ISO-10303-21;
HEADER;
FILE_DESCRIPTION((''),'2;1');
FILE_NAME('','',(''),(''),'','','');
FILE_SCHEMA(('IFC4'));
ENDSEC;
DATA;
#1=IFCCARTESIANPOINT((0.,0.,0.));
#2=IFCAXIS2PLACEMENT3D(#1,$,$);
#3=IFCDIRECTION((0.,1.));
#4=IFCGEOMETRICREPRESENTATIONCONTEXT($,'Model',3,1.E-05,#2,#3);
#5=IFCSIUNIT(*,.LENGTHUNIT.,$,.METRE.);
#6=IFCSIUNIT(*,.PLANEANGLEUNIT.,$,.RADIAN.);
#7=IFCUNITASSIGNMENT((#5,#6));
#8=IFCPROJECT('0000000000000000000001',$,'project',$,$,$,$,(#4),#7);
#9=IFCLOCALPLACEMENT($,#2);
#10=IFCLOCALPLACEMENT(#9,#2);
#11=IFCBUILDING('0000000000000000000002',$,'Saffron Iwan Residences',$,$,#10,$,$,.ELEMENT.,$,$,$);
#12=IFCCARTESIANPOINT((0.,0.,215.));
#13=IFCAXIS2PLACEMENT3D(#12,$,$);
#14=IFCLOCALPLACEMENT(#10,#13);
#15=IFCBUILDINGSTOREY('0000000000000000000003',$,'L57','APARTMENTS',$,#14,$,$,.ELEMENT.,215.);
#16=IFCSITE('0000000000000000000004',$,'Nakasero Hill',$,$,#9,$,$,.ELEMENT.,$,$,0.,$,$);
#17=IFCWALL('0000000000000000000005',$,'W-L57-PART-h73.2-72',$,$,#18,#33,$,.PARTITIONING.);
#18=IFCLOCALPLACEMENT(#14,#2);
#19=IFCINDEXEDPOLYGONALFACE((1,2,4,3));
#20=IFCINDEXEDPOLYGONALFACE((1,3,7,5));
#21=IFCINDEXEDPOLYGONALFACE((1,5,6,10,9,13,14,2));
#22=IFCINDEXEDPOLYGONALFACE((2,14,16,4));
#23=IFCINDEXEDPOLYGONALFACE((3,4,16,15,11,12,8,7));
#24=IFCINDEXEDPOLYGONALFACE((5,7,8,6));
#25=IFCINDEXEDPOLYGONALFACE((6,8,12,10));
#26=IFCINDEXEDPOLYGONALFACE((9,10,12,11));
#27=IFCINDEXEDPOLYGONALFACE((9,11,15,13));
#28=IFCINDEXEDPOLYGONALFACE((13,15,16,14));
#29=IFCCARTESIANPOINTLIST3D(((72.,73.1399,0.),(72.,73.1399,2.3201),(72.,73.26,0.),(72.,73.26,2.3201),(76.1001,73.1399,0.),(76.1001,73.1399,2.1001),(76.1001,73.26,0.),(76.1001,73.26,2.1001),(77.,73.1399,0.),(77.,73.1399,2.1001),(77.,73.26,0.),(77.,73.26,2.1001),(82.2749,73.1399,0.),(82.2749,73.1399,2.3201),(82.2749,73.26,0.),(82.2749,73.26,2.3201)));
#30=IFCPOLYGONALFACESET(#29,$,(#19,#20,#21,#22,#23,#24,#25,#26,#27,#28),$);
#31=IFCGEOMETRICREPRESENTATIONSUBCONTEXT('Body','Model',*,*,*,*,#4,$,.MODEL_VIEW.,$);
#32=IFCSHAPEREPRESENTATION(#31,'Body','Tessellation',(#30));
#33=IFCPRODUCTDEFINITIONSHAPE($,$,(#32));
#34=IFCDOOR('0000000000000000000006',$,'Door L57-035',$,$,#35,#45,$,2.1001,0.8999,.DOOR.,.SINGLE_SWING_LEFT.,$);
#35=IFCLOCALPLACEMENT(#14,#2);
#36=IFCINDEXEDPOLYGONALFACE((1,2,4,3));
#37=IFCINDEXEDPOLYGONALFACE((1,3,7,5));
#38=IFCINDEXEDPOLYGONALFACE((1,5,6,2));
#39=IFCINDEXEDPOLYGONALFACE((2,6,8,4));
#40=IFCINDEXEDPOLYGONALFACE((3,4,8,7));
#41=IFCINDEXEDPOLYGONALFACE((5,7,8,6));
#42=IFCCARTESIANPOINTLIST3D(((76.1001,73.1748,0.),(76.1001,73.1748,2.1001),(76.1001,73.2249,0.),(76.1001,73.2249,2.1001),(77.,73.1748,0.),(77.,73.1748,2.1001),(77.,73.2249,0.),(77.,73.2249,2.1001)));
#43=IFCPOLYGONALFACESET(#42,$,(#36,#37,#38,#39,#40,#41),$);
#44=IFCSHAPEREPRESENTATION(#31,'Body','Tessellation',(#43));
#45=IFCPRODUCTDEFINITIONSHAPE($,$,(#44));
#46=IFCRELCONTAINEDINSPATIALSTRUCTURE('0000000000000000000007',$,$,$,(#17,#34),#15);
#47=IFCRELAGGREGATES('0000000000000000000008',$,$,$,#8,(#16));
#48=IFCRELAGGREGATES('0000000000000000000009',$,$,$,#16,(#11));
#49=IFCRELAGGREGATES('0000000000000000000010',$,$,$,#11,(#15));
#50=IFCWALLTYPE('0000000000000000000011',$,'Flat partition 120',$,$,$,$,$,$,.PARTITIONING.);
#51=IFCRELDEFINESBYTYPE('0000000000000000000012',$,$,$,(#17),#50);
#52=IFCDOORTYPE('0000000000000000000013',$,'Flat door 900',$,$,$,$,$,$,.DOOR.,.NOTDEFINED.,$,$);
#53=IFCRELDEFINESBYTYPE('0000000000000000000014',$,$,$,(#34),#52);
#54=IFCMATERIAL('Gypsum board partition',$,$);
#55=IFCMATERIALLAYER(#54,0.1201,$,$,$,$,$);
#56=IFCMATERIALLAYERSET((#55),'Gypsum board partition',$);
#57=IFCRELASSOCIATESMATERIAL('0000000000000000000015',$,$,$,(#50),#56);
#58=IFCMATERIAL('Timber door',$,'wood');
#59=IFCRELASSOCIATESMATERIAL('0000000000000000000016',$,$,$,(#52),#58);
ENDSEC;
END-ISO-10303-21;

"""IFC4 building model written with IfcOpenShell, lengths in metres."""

from ifc_helpers import new_model, si_unit, direction, frame, frame_2d, origin, place, context, subcontext, project, spatial, rectangle, extrude, material, layer, layer_set, type_object, element, fill, save


model = new_model("IFC4")

# Units and contexts
model_context = context("Model", 3, precision=1e-05, world=origin(), true_north=direction((0.0, 1.0)))
body_context = subcontext(model_context, "Body", "Model", "MODEL_VIEW")
ifc_project = project(units=[si_unit("LENGTHUNIT", "METRE"), si_unit("PLANEANGLEUNIT", "RADIAN")], contexts=[model_context])

# Site, building, storey
site_placement = place(None, origin())
site = spatial("IfcSite", under=ifc_project, at=site_placement, Name="Nakasero Hill", CompositionType="ELEMENT", RefElevation=0.0)
building_placement = place(site_placement, origin())
building = spatial("IfcBuilding", under=site, at=building_placement, Name="Saffron Iwan Residences", CompositionType="ELEMENT")
storey_placement = place(building_placement, frame((0.0, 0.0, 215.0)))
storey = spatial("IfcBuildingStorey", under=building, at=storey_placement, Name="L57", Description="APARTMENTS", CompositionType="ELEMENT", Elevation=215.0)

# Shared definitions
ifc_material_1 = material(Name="Gypsum board partition")
ifc_layer_1 = layer(ifc_material_1, 0.1201)
ifc_layer_set_1 = layer_set([ifc_layer_1], Name="Gypsum board partition")
wall_type_1 = type_object("IfcWallType", Name="Flat partition 120", PredefinedType="PARTITIONING", material=ifc_layer_set_1)

# Wall, opening, door
wall_1_placement = place(storey_placement, frame((72.0, 73.2, 0.0), z_axis=(0.0, 0.0, 1.0), x_axis=(1.0, 0.0, 0.0)))
wall_1 = element("IfcWall", 1, at=wall_1_placement, inside=storey, type_object=wall_type_1, Name="W-L57-PART-h73.2-72", PredefinedType="PARTITIONING", context=body_context, shape_type="SweptSolid", body=[
    extrude(rectangle(XDim=10.2749, YDim=0.1201, at=frame_2d((5.1375, 0.0))), origin(), (0.0, 0.0, 1.0), 2.3201),
])
opening_1_placement = place(wall_1_placement, frame((4.1001, 0.0, 0.0)))
opening_1 = element("IfcOpeningElement", 2, at=opening_1_placement, cuts=wall_1, PredefinedType="OPENING", context=body_context, shape_type="SweptSolid", body=[
    extrude(rectangle(XDim=0.8999, YDim=2.1001, at=frame_2d((0.45, 1.05))), frame((0.0, 0.0701, 0.0), z_axis=(0.0, -1.0, 0.0), x_axis=(1.0, 0.0, 0.0)), (0.0, 0.0, 1.0), 0.1401),
])
ifc_material_2 = material(Name="Timber door", Category="wood")
door_type_1 = type_object("IfcDoorType", Name="Flat door 900", OperationType="NOTDEFINED", PredefinedType="DOOR", material=ifc_material_2)
door_1_placement = place(opening_1_placement, origin())
door_1 = element("IfcDoor", 3, at=door_1_placement, inside=storey, type_object=door_type_1, Name="Door L57-035", OperationType="SINGLE_SWING_LEFT", OverallHeight=2.1001, OverallWidth=0.8999, PredefinedType="DOOR", context=body_context, shape_type="SweptSolid", body=[
    extrude(rectangle(XDim=0.8999, YDim=2.1001, at=frame_2d((0.45, 1.05))), frame((0.0, 0.0249, 0.0), z_axis=(0.0, -1.0, 0.0), x_axis=(1.0, 0.0, 0.0)), (0.0, 0.0, 1.0), 0.05),
])
fill(opening_1, door_1)

save(model, "model.ifc")
